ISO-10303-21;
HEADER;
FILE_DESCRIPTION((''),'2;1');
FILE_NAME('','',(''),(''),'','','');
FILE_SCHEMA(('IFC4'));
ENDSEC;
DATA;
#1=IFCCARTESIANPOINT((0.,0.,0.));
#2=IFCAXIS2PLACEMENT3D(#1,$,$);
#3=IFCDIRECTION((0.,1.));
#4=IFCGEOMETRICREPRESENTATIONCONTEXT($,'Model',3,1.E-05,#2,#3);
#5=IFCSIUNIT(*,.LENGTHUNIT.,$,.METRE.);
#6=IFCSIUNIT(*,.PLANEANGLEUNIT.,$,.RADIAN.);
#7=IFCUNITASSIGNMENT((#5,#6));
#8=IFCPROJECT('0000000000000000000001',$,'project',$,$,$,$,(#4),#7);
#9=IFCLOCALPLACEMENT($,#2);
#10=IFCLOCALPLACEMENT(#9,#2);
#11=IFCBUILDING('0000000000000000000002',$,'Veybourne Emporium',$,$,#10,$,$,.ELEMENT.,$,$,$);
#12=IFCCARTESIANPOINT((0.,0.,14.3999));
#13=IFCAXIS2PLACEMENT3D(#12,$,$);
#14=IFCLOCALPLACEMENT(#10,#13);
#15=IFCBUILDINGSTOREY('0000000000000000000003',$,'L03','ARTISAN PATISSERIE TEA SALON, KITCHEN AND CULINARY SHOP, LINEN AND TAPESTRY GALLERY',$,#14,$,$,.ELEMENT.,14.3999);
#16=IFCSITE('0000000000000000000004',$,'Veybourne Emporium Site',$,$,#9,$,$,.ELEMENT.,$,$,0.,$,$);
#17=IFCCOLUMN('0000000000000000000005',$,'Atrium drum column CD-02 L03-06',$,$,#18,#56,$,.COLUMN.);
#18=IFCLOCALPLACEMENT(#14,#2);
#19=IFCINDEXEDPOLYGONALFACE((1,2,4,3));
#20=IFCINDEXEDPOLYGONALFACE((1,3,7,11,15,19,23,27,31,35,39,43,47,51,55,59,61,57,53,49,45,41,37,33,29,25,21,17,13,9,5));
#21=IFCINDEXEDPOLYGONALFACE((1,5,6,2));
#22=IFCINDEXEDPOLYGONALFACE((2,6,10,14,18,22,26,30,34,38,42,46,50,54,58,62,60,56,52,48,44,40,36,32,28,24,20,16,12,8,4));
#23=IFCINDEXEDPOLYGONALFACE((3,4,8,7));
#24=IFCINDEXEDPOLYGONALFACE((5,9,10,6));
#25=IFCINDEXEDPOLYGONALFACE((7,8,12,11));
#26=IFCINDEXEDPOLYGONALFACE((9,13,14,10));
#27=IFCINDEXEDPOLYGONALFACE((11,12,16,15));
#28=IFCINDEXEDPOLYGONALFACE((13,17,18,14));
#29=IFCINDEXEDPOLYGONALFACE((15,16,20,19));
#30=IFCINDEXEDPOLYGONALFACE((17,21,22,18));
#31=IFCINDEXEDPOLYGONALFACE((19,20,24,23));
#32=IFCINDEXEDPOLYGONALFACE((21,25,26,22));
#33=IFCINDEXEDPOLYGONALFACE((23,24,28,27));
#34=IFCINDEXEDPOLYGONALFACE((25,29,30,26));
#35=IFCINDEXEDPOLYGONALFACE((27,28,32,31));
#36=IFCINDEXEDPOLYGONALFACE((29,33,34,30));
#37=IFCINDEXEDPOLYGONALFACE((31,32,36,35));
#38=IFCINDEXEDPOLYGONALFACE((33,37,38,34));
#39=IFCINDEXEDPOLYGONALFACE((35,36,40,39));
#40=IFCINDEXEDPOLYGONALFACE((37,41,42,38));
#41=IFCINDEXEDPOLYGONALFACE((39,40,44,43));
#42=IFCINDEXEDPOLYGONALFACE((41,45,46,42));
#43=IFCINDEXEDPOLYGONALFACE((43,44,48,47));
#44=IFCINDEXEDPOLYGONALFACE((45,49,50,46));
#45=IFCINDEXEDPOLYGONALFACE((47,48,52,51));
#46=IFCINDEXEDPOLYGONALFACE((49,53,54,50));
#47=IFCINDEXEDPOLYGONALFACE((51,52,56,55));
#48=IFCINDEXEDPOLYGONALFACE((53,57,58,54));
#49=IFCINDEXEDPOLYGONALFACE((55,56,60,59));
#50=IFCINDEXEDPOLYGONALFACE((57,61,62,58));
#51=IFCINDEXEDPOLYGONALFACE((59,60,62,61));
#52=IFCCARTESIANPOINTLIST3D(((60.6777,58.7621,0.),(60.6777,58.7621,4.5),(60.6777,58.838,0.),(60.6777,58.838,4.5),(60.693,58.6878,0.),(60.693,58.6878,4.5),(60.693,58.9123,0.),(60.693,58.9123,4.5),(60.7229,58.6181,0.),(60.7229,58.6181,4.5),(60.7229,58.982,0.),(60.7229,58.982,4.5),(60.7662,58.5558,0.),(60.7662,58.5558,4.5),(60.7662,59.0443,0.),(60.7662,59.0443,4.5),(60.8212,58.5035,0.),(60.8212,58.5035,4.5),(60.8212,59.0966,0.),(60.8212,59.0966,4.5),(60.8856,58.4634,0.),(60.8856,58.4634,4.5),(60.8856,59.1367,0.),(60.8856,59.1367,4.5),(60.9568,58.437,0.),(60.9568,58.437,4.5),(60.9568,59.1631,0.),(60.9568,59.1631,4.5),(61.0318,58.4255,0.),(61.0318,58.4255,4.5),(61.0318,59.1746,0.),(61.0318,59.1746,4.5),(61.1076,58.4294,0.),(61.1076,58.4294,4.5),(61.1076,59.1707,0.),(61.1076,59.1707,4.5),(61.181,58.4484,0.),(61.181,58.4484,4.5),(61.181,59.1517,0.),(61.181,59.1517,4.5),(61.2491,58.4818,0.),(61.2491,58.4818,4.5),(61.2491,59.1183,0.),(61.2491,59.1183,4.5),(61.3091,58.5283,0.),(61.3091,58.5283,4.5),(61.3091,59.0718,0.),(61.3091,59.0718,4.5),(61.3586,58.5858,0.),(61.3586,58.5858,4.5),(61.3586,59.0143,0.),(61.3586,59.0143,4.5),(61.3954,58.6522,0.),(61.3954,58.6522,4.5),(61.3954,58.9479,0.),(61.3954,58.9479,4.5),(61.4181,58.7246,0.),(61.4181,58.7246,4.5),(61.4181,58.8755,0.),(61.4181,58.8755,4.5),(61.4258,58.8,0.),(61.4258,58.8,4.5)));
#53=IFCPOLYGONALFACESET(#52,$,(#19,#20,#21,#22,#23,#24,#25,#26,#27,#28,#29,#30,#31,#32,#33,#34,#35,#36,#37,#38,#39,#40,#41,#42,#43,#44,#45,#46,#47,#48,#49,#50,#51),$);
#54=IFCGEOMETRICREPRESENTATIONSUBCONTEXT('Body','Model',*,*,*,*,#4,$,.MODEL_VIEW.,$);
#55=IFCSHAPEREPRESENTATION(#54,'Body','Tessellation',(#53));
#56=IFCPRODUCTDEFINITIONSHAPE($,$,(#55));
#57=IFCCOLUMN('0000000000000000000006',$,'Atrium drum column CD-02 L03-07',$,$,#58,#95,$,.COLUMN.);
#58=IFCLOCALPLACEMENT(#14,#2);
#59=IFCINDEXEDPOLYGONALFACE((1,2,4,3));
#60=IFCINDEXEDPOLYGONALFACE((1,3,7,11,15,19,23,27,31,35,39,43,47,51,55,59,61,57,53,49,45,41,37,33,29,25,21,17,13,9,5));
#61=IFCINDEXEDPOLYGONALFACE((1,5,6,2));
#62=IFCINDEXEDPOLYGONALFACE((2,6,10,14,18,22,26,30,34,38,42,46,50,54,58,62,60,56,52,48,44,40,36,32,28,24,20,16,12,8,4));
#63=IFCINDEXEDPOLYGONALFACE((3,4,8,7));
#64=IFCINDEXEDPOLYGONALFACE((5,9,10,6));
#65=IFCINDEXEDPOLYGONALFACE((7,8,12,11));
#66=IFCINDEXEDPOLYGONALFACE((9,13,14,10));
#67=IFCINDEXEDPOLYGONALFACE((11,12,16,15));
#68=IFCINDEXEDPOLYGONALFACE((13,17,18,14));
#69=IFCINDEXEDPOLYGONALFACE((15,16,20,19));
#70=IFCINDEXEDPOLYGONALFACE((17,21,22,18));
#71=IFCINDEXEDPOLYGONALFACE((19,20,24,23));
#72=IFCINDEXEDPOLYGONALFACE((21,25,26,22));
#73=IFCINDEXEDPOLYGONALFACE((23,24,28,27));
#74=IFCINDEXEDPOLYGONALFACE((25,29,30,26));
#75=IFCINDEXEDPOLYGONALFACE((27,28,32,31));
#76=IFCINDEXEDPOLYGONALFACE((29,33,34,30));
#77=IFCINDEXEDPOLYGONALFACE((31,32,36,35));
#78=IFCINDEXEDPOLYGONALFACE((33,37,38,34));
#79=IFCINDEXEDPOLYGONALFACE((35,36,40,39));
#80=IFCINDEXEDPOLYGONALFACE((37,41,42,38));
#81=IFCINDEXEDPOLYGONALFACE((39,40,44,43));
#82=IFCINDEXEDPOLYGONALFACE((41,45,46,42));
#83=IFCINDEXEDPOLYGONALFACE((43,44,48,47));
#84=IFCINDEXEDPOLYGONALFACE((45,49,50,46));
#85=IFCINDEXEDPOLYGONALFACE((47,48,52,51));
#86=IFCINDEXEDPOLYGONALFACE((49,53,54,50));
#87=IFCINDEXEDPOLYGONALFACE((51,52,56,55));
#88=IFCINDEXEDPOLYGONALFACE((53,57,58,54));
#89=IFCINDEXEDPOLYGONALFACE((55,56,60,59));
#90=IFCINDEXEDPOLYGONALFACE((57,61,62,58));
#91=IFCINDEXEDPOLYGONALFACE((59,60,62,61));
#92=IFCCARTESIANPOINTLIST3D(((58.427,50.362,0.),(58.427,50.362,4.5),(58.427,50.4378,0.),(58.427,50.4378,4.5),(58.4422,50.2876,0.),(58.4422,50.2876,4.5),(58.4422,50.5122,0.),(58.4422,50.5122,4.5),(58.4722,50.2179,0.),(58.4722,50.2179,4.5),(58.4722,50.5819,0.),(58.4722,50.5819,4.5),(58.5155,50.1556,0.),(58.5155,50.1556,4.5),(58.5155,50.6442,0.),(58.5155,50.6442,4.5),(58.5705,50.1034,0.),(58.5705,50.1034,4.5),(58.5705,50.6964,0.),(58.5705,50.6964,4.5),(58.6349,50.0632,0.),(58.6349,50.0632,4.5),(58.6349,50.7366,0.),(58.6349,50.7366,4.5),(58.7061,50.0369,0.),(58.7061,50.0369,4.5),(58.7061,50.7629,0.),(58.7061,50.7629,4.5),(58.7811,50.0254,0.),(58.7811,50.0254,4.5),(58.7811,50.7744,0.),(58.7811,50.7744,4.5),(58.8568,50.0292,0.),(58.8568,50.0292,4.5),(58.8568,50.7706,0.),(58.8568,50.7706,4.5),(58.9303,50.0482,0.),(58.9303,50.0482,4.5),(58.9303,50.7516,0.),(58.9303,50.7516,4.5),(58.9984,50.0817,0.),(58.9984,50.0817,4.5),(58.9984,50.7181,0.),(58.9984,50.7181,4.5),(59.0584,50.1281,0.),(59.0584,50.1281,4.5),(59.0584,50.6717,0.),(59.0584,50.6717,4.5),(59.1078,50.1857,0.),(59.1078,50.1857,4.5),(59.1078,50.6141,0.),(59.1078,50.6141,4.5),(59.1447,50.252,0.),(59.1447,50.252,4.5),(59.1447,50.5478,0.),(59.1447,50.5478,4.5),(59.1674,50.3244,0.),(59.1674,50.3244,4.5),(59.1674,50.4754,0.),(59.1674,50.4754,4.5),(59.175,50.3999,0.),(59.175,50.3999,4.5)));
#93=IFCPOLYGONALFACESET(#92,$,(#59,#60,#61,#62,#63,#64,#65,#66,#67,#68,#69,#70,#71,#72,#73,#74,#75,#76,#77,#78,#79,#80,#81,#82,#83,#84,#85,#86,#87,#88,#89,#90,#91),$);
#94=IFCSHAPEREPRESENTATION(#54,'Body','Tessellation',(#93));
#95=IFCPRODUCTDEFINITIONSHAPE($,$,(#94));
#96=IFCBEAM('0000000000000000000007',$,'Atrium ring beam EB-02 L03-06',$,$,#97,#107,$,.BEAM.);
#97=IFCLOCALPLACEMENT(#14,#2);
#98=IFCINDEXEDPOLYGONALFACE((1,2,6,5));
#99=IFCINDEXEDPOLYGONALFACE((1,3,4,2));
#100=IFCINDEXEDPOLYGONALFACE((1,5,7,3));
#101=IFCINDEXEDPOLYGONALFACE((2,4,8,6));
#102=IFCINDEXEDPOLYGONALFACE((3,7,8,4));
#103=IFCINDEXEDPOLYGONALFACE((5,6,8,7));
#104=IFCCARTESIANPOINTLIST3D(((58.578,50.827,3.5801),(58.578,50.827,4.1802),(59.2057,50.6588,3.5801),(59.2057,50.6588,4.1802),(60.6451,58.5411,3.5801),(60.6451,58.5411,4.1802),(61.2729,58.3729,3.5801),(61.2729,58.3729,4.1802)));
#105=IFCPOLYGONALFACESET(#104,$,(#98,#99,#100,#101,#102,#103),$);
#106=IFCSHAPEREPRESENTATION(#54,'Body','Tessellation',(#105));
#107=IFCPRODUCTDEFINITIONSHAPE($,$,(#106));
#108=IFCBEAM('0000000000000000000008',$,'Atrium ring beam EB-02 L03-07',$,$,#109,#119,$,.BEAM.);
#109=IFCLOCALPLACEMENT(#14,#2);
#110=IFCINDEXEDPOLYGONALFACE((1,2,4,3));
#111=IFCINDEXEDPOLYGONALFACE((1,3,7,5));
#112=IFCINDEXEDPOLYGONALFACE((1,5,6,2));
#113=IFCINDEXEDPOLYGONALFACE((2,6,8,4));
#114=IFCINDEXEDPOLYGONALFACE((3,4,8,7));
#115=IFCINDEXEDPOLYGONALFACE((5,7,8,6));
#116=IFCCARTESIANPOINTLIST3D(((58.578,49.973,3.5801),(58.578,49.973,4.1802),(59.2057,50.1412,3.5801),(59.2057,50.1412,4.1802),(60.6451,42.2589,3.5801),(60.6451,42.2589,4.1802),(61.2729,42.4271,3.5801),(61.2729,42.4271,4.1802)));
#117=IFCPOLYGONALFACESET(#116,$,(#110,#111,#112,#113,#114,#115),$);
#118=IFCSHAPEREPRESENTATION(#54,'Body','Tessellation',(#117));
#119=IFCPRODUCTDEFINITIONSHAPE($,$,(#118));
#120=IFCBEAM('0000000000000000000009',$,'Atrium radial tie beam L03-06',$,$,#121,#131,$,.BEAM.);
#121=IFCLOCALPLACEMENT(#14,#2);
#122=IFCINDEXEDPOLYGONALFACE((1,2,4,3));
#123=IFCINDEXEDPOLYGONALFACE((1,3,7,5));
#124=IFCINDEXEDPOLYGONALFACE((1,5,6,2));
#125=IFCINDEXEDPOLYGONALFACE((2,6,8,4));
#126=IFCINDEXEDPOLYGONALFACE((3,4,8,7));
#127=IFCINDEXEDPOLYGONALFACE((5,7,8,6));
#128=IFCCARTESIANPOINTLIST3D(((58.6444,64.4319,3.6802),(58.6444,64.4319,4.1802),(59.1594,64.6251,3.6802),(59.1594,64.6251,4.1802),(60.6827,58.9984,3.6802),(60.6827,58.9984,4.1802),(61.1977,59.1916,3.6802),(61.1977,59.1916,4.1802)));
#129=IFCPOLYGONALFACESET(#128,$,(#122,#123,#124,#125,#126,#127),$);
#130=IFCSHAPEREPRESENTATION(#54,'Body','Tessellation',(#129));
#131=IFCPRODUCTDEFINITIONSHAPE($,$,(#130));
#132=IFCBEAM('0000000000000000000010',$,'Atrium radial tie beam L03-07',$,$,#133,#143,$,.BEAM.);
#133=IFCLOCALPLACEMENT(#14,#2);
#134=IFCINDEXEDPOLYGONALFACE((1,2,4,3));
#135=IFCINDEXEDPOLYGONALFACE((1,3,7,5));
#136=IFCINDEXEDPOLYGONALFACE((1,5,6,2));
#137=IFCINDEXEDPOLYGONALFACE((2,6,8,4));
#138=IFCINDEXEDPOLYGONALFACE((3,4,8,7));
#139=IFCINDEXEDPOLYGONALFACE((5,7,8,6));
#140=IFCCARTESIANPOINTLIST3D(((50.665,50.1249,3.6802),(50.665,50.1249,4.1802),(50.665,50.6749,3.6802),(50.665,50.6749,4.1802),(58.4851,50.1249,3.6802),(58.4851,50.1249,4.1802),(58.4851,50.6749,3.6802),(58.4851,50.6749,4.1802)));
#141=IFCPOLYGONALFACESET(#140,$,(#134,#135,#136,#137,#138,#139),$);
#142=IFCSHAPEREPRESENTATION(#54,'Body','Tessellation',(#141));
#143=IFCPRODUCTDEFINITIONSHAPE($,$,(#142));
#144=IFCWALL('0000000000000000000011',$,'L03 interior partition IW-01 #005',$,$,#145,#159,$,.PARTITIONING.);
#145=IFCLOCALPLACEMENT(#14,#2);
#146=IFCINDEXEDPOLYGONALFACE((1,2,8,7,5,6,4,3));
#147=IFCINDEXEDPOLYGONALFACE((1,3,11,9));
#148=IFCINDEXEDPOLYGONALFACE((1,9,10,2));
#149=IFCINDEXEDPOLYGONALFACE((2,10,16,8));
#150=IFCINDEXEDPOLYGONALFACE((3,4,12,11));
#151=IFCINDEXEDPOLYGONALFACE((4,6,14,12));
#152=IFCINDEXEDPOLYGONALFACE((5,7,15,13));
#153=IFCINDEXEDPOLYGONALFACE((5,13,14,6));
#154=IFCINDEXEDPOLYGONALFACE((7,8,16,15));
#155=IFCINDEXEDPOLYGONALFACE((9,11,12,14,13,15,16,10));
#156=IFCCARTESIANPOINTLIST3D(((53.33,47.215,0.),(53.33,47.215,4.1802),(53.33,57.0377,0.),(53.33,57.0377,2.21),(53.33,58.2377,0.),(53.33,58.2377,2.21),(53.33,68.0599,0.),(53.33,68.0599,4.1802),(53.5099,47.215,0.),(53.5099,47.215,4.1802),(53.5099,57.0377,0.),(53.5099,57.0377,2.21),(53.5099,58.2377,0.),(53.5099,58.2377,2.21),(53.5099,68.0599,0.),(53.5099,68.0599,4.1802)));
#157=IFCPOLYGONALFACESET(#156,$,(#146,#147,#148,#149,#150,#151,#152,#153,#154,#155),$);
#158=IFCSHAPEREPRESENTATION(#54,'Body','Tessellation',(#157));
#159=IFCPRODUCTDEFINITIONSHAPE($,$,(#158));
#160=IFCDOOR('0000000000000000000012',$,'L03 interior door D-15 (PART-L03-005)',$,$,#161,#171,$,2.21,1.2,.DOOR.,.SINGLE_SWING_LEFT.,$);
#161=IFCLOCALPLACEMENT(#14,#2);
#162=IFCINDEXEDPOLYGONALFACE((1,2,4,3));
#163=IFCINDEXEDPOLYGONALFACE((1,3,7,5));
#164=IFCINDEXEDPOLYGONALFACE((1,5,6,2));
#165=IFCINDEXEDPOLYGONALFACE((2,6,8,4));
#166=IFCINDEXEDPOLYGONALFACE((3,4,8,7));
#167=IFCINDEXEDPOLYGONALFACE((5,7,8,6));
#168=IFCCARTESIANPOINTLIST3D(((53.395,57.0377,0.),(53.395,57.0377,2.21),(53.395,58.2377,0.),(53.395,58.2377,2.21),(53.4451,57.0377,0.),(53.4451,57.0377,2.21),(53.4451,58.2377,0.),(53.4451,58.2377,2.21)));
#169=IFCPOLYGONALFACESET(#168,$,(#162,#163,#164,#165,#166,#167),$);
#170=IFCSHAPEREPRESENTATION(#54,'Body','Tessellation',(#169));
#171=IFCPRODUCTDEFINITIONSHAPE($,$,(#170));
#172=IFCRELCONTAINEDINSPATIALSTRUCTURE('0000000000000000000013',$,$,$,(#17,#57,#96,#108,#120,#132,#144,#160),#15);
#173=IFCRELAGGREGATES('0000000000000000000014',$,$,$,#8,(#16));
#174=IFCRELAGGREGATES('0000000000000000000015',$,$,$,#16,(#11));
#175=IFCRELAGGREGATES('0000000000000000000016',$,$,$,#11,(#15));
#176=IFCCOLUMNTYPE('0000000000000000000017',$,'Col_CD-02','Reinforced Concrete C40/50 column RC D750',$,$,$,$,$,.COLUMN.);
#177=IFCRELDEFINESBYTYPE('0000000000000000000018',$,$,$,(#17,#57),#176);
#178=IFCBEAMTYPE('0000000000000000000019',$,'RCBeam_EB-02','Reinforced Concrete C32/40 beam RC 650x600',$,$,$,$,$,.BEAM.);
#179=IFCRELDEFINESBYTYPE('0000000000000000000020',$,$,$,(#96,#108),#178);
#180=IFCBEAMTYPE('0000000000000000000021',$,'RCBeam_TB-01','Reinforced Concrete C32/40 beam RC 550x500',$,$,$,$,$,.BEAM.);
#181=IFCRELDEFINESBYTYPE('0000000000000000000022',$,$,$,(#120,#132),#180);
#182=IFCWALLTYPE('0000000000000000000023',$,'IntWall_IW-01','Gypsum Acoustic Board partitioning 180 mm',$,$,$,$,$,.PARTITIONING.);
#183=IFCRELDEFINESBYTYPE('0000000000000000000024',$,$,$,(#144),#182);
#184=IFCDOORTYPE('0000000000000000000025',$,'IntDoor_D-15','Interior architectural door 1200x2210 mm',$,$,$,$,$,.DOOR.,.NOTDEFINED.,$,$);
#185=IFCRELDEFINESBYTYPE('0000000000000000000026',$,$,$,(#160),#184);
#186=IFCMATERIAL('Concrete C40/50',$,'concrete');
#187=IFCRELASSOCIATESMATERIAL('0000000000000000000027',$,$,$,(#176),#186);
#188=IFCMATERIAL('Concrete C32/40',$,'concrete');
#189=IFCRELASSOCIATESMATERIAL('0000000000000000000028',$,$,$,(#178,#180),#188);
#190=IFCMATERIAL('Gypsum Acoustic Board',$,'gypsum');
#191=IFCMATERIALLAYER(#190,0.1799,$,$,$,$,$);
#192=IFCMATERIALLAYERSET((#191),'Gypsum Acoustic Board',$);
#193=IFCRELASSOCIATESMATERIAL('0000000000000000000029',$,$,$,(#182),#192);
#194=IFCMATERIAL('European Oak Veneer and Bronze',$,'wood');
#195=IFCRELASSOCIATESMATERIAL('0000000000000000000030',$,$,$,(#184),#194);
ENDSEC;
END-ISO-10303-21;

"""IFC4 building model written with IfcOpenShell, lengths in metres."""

from ifc_helpers import new_model, si_unit, direction, frame, frame_2d, origin, origin_2d, place, context, subcontext, project, spatial, rectangle, circle, extrude, material, layer, layer_set, material_profile, profile_set, type_object, element, fill, save


model = new_model("IFC4")

# Units and contexts
model_context = context("Model", 3, precision=1e-05, world=origin(), true_north=direction((0.0, 1.0)))
body_context = subcontext(model_context, "Body", "Model", "MODEL_VIEW")
ifc_project = project(units=[si_unit("LENGTHUNIT", "METRE"), si_unit("PLANEANGLEUNIT", "RADIAN")], contexts=[model_context])

# Site, building, storey
site_placement = place(None, origin())
site = spatial("IfcSite", under=ifc_project, at=site_placement, Name="Veybourne Emporium Site", CompositionType="ELEMENT", RefElevation=0.0)
building_placement = place(site_placement, origin())
building = spatial("IfcBuilding", under=site, at=building_placement, Name="Veybourne Emporium", CompositionType="ELEMENT")
storey_placement = place(building_placement, frame((0.0, 0.0, 14.3999)))
storey = spatial("IfcBuildingStorey", under=building, at=storey_placement, Name="L03", Description="ARTISAN PATISSERIE TEA SALON, KITCHEN AND CULINARY SHOP, LINEN AND TAPESTRY GALLERY", CompositionType="ELEMENT", Elevation=14.3999)

# Columns
ifc_material_1 = material(Name="Concrete C40/50", Category="concrete")
ifc_material_profile_1 = material_profile(ifc_material_1, circle(Radius=0.375, at=origin_2d()), Name="RC D750")
ifc_profile_set_1 = profile_set([ifc_material_profile_1], Name="Concrete C40/50")
column_type = type_object("IfcColumnType", Name="Col_CD-02", Description="Reinforced Concrete C40/50 column RC D750", PredefinedType="COLUMN", material=ifc_profile_set_1)
for number, where, z_axis, x_axis, name in (
    (1, (61.0508, 58.8, 0.0), (0.0, 0.0, 1.0), (1.0, 0.0, 0.0), "Atrium drum column CD-02 L03-06"),
    (2, (58.8, 50.3999, 0.0), (0.0, 0.0, 1.0), (1.0, 0.0, 0.0), "Atrium drum column CD-02 L03-07"),
):
    element("IfcColumn", number, at=place(storey_placement, frame(where, z_axis=z_axis, x_axis=x_axis)), inside=storey, type_object=column_type, Name=name, PredefinedType="COLUMN", context=body_context, shape_type="SweptSolid", body=[
        extrude(circle(Radius=0.375, at=origin_2d()), origin(), (0.0, 0.0, 1.0), 4.5),
    ])

# Beams
ifc_material_2 = material(Name="Concrete C32/40", Category="concrete")
ifc_material_profile_2 = material_profile(ifc_material_2, rectangle(XDim=0.6499, YDim=0.6001, at=origin_2d()), Name="RC 650x600")
ifc_profile_set_2 = profile_set([ifc_material_profile_2], Name="Concrete C32/40")
beam_type_1 = type_object("IfcBeamType", Name="RCBeam_EB-02", Description="Reinforced Concrete C32/40 beam RC 650x600", PredefinedType="BEAM", material=ifc_profile_set_2)
for number, where, z_axis, x_axis, name in (
    (3, (60.959, 58.457, 3.8801), (-0.258836, -0.965921, 0.0), (0.965921, -0.258836, 0.0), "Atrium ring beam EB-02 L03-06"),
    (4, (58.8918, 50.0571, 3.8801), (0.258836, -0.965921, 0.0), (0.965921, 0.258836, 0.0), "Atrium ring beam EB-02 L03-07"),
):
    element("IfcBeam", number, at=place(storey_placement, frame(where, z_axis=z_axis, x_axis=x_axis)), inside=storey, type_object=beam_type_1, Name=name, PredefinedType="BEAM", context=body_context, shape_type="SweptSolid", body=[
        extrude(rectangle(XDim=0.6499, YDim=0.6001, at=origin_2d()), origin(), (0.0, 0.0, 1.0), 7.9863),
    ])
ifc_material_profile_3 = material_profile(ifc_material_2, rectangle(XDim=0.55, YDim=0.5, at=origin_2d()), Name="RC 550x500")
ifc_profile_set_3 = profile_set([ifc_material_profile_3], Name="Concrete C32/40")
beam_type_2 = type_object("IfcBeamType", Name="RCBeam_TB-01", Description="Reinforced Concrete C32/40 beam RC 550x500", PredefinedType="BEAM", material=ifc_profile_set_3)
beam_1_placement = place(storey_placement, frame((60.9402, 59.095, 3.9302), z_axis=(-0.351234, 0.936288, 0.0), x_axis=(-0.936288, -0.351234, 0.0)))
element("IfcBeam", 5, at=beam_1_placement, inside=storey, type_object=beam_type_2, Name="Atrium radial tie beam L03-06", PredefinedType="BEAM", context=body_context, shape_type="SweptSolid", body=[
    extrude(rectangle(XDim=0.55, YDim=0.5, at=origin_2d()), origin(), (0.0, 0.0, 1.0), 5.8032),
])
beam_2_placement = place(storey_placement, frame((58.4851, 50.3999, 3.9302), z_axis=(-1.0, 0.0, 0.0), x_axis=(0.0, -1.0, 0.0)))
element("IfcBeam", 6, at=beam_2_placement, inside=storey, type_object=beam_type_2, Name="Atrium radial tie beam L03-07", PredefinedType="BEAM", context=body_context, shape_type="SweptSolid", body=[
    extrude(rectangle(XDim=0.55, YDim=0.5, at=origin_2d()), origin(), (0.0, 0.0, 1.0), 7.8201),
])

# Wall, opening, door
ifc_material_3 = material(Name="Gypsum Acoustic Board", Category="gypsum")
ifc_layer_1 = layer(ifc_material_3, 0.1799)
ifc_layer_set_1 = layer_set([ifc_layer_1], Name="Gypsum Acoustic Board")
wall_type_1 = type_object("IfcWallType", Name="IntWall_IW-01", Description="Gypsum Acoustic Board partitioning 180 mm", PredefinedType="PARTITIONING", material=ifc_layer_set_1)
wall_1_placement = place(storey_placement, frame((53.4199, 47.2151, 0.0), z_axis=(0.0, 0.0, 1.0), x_axis=(0.0, 1.0, 0.0)))
wall_1 = element("IfcWall", 7, at=wall_1_placement, inside=storey, type_object=wall_type_1, Name="L03 interior partition IW-01 #005", PredefinedType="PARTITIONING", context=body_context, shape_type="SweptSolid", body=[
    extrude(rectangle(XDim=20.845, YDim=0.1799, at=frame_2d((10.4224, 0.0))), origin(), (0.0, 0.0, 1.0), 4.1802),
])
opening_1_placement = place(wall_1_placement, frame((9.8225, 0.0, 0.0)))
opening_1 = element("IfcOpeningElement", 8, at=opening_1_placement, cuts=wall_1, PredefinedType="OPENING", context=body_context, shape_type="SweptSolid", body=[
    extrude(rectangle(XDim=1.2, YDim=2.21, at=frame_2d((0.6001, 1.105))), frame((0.0, 0.1099, 0.0), z_axis=(0.0, -1.0, 0.0), x_axis=(1.0, 0.0, 0.0)), (0.0, 0.0, 1.0), 0.22),
])
ifc_material_4 = material(Name="European Oak Veneer and Bronze", Category="wood")
door_type_1 = type_object("IfcDoorType", Name="IntDoor_D-15", Description="Interior architectural door 1200x2210 mm", OperationType="NOTDEFINED", PredefinedType="DOOR", material=ifc_material_4)
door_1_placement = place(opening_1_placement, origin())
door_1 = element("IfcDoor", 9, at=door_1_placement, inside=storey, type_object=door_type_1, Name="L03 interior door D-15 (PART-L03-005)", OperationType="SINGLE_SWING_LEFT", OverallHeight=2.21, OverallWidth=1.2, PredefinedType="DOOR", context=body_context, shape_type="SweptSolid", body=[
    extrude(rectangle(XDim=1.2, YDim=2.21, at=frame_2d((0.6001, 1.105))), frame((0.0, 0.0249, 0.0), z_axis=(0.0, -1.0, 0.0), x_axis=(1.0, 0.0, 0.0)), (0.0, 0.0, 1.0), 0.05),
])
fill(opening_1, door_1)

save(model, "model.ifc")
